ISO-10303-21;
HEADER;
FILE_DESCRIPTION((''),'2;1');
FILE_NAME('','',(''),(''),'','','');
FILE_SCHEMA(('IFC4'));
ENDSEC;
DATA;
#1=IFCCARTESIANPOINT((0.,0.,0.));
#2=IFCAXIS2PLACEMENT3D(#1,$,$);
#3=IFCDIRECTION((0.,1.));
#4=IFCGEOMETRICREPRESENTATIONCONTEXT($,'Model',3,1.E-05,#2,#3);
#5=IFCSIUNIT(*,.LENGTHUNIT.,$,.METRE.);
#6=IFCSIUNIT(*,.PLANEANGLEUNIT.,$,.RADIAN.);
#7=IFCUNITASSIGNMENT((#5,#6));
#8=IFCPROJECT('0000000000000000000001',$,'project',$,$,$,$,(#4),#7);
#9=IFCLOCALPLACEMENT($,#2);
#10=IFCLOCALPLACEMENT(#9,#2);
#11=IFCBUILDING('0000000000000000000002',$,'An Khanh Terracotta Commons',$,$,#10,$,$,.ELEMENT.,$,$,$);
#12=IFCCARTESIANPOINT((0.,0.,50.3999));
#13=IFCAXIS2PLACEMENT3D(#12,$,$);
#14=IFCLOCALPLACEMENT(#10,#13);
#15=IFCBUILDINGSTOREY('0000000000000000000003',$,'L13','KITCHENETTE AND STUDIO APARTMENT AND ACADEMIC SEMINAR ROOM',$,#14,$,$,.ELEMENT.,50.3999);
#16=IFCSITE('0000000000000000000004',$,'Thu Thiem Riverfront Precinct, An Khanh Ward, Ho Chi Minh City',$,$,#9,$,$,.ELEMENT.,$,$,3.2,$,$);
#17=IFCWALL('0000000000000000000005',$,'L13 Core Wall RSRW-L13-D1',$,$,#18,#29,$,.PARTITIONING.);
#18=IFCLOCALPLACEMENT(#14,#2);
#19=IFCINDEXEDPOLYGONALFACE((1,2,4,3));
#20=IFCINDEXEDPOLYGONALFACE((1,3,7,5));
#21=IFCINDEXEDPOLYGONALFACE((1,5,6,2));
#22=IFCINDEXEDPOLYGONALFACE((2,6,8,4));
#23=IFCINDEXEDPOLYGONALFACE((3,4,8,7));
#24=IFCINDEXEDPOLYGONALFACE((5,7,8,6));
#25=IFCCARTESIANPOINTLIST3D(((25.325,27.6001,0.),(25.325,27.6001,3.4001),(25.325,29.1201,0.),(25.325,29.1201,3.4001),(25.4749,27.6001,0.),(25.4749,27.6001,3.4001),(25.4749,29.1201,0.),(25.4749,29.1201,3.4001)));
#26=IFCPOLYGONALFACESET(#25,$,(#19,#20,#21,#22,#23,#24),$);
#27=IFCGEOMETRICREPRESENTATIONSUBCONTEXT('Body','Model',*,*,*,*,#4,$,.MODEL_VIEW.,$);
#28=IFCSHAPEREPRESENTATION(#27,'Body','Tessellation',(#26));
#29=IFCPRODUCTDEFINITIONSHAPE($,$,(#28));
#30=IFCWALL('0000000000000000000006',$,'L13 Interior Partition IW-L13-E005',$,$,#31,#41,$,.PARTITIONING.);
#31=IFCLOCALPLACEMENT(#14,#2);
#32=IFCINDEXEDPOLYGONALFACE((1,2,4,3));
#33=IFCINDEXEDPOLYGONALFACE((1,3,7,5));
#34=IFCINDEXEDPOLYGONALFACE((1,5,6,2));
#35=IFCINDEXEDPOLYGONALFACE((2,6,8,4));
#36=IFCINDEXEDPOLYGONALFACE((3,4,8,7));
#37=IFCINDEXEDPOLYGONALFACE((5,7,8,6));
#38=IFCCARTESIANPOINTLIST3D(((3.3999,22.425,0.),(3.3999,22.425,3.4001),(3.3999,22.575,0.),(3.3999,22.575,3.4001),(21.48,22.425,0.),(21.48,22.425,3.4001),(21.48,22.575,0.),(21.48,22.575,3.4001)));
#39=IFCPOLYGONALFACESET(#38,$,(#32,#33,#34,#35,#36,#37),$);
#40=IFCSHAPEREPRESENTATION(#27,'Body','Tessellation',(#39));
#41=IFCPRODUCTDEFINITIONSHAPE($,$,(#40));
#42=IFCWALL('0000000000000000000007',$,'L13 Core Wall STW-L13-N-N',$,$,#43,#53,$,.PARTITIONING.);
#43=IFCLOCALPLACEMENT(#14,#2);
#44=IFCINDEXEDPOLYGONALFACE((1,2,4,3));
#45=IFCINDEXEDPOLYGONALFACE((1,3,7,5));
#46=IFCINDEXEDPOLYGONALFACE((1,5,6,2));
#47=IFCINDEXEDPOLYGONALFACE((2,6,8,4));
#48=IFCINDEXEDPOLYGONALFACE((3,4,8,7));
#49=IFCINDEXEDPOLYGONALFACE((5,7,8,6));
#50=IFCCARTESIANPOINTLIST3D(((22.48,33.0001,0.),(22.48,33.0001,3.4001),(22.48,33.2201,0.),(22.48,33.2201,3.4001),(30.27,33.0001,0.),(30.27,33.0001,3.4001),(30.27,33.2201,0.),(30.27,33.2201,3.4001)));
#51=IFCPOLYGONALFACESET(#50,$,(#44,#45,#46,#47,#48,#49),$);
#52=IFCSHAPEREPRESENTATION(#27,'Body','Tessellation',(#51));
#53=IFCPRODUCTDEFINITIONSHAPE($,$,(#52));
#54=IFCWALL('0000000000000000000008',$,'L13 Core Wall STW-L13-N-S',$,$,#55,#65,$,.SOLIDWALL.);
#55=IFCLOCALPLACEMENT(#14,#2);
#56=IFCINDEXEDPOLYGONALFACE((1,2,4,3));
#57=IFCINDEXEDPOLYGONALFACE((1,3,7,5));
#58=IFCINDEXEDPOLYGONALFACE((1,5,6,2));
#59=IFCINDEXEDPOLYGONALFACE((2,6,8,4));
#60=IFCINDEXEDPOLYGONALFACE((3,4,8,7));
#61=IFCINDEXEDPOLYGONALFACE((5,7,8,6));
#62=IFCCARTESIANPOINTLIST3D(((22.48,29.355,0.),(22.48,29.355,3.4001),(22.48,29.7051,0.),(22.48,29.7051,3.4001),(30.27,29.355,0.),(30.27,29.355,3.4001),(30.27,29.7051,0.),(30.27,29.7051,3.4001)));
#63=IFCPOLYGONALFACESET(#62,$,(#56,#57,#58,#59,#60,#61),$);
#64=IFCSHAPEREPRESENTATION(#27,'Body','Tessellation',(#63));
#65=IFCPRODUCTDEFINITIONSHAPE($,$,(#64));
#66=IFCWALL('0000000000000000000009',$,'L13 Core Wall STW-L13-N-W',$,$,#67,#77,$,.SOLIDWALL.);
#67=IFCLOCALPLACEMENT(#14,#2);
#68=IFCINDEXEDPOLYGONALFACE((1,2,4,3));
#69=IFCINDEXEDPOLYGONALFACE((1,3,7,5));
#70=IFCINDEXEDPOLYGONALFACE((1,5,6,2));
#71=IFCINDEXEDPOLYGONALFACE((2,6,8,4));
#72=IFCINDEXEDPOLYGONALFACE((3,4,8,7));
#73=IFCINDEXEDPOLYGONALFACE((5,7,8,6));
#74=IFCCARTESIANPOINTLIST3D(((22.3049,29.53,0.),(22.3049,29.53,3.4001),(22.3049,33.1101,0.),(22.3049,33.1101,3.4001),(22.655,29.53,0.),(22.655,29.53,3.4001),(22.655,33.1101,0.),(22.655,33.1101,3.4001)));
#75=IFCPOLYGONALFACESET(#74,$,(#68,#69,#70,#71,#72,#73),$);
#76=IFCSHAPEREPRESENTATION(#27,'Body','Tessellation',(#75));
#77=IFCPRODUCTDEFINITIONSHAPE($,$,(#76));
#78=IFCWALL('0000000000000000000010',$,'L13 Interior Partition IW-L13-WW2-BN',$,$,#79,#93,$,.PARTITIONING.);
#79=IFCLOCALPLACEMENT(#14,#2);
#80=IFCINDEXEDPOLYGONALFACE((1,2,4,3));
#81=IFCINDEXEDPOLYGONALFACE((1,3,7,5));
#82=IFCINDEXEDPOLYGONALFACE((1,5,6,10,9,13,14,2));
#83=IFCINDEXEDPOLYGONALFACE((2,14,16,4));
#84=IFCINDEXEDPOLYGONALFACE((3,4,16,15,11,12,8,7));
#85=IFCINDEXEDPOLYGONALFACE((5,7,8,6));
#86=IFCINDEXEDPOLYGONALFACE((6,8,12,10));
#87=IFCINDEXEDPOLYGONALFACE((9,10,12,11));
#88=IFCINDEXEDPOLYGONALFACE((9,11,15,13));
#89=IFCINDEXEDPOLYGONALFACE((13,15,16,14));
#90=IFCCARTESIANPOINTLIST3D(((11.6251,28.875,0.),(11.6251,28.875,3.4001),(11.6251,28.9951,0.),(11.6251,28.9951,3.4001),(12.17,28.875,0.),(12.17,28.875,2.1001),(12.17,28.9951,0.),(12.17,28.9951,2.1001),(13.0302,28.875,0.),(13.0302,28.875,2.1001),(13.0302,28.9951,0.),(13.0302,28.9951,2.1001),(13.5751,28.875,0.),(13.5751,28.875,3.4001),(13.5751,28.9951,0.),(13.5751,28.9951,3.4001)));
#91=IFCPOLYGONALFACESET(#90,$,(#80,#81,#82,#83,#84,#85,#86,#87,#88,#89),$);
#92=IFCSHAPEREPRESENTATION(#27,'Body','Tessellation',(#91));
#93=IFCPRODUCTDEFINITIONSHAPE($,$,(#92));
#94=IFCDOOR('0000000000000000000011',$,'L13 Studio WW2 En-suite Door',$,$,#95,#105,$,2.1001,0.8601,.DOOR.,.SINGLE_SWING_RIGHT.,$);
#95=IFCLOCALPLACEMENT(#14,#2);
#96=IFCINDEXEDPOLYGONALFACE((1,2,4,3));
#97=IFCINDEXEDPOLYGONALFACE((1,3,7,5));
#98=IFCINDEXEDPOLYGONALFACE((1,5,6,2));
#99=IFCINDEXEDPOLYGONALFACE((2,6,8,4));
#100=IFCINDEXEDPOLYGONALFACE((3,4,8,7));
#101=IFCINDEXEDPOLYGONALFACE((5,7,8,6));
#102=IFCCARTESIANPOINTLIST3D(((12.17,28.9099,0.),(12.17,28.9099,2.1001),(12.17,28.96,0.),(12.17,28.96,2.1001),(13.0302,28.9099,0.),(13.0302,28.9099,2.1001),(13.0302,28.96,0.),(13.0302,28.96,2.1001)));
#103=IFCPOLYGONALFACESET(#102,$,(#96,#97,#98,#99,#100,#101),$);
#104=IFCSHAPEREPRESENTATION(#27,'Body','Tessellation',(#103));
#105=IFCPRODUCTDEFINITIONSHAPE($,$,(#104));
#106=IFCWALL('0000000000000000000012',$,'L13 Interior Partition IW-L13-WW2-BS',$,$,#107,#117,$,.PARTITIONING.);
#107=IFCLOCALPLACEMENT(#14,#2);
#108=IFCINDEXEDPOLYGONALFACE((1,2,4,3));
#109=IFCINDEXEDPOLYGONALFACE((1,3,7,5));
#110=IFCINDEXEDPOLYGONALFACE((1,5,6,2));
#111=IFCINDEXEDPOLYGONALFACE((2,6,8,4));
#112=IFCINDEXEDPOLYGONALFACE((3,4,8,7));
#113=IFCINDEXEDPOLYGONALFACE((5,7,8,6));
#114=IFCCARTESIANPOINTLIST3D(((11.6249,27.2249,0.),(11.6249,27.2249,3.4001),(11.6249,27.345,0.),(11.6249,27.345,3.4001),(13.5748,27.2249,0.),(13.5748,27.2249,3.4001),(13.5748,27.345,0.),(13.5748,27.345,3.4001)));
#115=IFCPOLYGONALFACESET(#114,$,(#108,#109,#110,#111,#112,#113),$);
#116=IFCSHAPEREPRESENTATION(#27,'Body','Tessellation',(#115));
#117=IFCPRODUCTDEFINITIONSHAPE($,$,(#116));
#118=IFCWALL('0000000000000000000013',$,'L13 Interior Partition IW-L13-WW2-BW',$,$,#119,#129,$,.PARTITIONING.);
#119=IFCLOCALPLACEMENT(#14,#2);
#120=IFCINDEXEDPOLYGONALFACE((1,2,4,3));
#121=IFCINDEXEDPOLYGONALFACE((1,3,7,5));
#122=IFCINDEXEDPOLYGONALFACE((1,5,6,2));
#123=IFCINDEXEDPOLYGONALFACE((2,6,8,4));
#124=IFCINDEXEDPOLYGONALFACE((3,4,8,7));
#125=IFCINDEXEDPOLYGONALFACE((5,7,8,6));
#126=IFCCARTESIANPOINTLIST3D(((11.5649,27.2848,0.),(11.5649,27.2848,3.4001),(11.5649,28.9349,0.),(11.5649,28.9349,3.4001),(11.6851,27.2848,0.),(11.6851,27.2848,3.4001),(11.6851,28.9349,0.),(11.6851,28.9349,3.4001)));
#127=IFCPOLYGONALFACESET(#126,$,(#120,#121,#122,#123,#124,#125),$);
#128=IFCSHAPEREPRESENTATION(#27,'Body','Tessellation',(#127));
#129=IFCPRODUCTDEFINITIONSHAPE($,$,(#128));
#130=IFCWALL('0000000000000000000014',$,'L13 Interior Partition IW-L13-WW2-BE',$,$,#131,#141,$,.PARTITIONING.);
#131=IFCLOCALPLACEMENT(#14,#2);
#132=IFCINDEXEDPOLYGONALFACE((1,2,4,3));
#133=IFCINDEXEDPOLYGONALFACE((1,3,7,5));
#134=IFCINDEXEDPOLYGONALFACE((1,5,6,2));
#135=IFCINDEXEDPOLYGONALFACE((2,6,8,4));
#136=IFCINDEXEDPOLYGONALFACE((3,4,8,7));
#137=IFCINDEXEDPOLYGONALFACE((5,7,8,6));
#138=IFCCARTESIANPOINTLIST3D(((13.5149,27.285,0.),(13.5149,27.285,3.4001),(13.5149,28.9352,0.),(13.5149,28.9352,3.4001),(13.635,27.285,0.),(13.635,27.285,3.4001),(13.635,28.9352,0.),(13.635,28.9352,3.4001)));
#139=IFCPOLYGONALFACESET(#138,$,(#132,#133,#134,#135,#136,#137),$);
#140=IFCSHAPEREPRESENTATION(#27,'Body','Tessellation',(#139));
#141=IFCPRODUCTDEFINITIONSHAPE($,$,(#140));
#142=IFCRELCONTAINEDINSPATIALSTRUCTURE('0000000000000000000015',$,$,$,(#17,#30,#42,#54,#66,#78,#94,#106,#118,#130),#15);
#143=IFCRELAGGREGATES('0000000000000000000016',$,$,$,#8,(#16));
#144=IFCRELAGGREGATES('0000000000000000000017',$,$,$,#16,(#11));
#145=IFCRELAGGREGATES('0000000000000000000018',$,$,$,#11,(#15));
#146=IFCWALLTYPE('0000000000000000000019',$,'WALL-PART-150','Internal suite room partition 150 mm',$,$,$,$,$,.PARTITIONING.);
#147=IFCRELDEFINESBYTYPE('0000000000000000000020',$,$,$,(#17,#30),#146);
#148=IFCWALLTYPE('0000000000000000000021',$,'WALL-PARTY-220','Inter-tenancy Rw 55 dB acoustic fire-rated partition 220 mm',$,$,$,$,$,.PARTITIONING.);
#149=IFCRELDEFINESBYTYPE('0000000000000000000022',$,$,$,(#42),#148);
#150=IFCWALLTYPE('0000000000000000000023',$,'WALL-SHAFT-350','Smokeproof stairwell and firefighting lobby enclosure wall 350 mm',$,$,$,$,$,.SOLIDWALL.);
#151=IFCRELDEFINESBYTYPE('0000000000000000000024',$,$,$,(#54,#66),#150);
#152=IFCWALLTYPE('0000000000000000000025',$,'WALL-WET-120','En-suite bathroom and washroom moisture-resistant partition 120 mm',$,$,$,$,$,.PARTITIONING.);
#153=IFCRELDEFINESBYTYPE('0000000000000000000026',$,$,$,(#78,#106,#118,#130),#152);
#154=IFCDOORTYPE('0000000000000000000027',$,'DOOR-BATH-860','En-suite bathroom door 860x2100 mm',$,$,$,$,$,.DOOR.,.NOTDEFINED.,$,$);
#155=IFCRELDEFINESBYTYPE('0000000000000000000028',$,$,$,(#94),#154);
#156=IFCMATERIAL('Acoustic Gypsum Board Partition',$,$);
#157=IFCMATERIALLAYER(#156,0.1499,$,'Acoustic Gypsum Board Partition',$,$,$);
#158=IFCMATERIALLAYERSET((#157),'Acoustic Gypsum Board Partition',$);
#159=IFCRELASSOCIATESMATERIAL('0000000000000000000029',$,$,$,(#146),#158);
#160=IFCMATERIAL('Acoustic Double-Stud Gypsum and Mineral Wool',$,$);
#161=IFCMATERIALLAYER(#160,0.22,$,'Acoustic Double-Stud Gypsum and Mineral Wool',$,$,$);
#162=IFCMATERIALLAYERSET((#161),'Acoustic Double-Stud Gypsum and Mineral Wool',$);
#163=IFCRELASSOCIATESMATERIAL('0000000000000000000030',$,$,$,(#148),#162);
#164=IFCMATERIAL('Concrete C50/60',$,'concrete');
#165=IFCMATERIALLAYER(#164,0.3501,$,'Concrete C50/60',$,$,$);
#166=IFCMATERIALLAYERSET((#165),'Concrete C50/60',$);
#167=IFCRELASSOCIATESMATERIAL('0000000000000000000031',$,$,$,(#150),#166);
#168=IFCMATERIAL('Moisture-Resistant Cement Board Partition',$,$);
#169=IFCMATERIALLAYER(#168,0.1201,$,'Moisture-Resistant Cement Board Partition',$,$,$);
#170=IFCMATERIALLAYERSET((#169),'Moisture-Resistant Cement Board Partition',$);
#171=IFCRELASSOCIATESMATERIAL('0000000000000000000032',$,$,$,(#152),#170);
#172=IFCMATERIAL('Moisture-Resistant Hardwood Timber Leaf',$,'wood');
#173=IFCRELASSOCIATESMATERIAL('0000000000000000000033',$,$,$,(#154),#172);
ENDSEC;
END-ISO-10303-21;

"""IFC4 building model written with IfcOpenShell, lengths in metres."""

from ifc_helpers import new_model, si_unit, direction, frame, frame_2d, origin, place, context, subcontext, project, spatial, rectangle, extrude, material, layer, layer_set, type_object, element, fill, save


model = new_model("IFC4")

# Units and contexts
model_context = context("Model", 3, precision=1e-05, world=origin(), true_north=direction((0.0, 1.0)))
body_context = subcontext(model_context, "Body", "Model", "MODEL_VIEW")
ifc_project = project(units=[si_unit("LENGTHUNIT", "METRE"), si_unit("PLANEANGLEUNIT", "RADIAN")], contexts=[model_context])

# Site, building, storey
site_placement = place(None, origin())
site = spatial("IfcSite", under=ifc_project, at=site_placement, Name="Thu Thiem Riverfront Precinct, An Khanh Ward, Ho Chi Minh City", CompositionType="ELEMENT", RefElevation=3.2)
building_placement = place(site_placement, origin())
building = spatial("IfcBuilding", under=site, at=building_placement, Name="An Khanh Terracotta Commons", CompositionType="ELEMENT")
storey_placement = place(building_placement, frame((0.0, 0.0, 50.3999)))
storey = spatial("IfcBuildingStorey", under=building, at=storey_placement, Name="L13", Description="KITCHENETTE AND STUDIO APARTMENT AND ACADEMIC SEMINAR ROOM", CompositionType="ELEMENT", Elevation=50.3999)

# Walls
ifc_material_1 = material(Name="Acoustic Gypsum Board Partition")
ifc_layer_1 = layer(ifc_material_1, 0.1499, Name="Acoustic Gypsum Board Partition")
ifc_layer_set_1 = layer_set([ifc_layer_1], Name="Acoustic Gypsum Board Partition")
wall_type_1 = type_object("IfcWallType", Name="WALL-PART-150", Description="Internal suite room partition 150 mm", PredefinedType="PARTITIONING", material=ifc_layer_set_1)
wall_1_placement = place(storey_placement, frame((25.3999, 27.6001, 0.0), z_axis=(0.0, 0.0, 1.0), x_axis=(0.0, 1.0, 0.0)))
element("IfcWall", 1, at=wall_1_placement, inside=storey, type_object=wall_type_1, Name="L13 Core Wall RSRW-L13-D1", PredefinedType="PARTITIONING", context=body_context, shape_type="SweptSolid", body=[
    extrude(rectangle(XDim=1.52, YDim=0.1499, at=frame_2d((0.76, 0.0))), origin(), (0.0, 0.0, 1.0), 3.4001),
])
wall_2_placement = place(storey_placement, frame((3.3999, 22.5, 0.0), z_axis=(0.0, 0.0, 1.0), x_axis=(1.0, 0.0, 0.0)))
element("IfcWall", 2, at=wall_2_placement, inside=storey, type_object=wall_type_1, Name="L13 Interior Partition IW-L13-E005", PredefinedType="PARTITIONING", context=body_context, shape_type="SweptSolid", body=[
    extrude(rectangle(XDim=18.0801, YDim=0.1499, at=frame_2d((9.04, 0.0))), origin(), (0.0, 0.0, 1.0), 3.4001),
])
ifc_material_2 = material(Name="Acoustic Double-Stud Gypsum and Mineral Wool")
ifc_layer_2 = layer(ifc_material_2, 0.22, Name="Acoustic Double-Stud Gypsum and Mineral Wool")
ifc_layer_set_2 = layer_set([ifc_layer_2], Name="Acoustic Double-Stud Gypsum and Mineral Wool")
wall_type_2 = type_object("IfcWallType", Name="WALL-PARTY-220", Description="Inter-tenancy Rw 55 dB acoustic fire-rated partition 220 mm", PredefinedType="PARTITIONING", material=ifc_layer_set_2)
wall_3_placement = place(storey_placement, frame((22.48, 33.1101, 0.0), z_axis=(0.0, 0.0, 1.0), x_axis=(1.0, 0.0, 0.0)))
element("IfcWall", 3, at=wall_3_placement, inside=storey, type_object=wall_type_2, Name="L13 Core Wall STW-L13-N-N", PredefinedType="PARTITIONING", context=body_context, shape_type="SweptSolid", body=[
    extrude(rectangle(XDim=7.79, YDim=0.22, at=frame_2d((3.895, 0.0))), origin(), (0.0, 0.0, 1.0), 3.4001),
])
ifc_material_3 = material(Name="Concrete C50/60", Category="concrete")
ifc_layer_3 = layer(ifc_material_3, 0.3501, Name="Concrete C50/60")
ifc_layer_set_3 = layer_set([ifc_layer_3], Name="Concrete C50/60")
wall_type_3 = type_object("IfcWallType", Name="WALL-SHAFT-350", Description="Smokeproof stairwell and firefighting lobby enclosure wall 350 mm", PredefinedType="SOLIDWALL", material=ifc_layer_set_3)
wall_4_placement = place(storey_placement, frame((22.48, 29.53, 0.0), z_axis=(0.0, 0.0, 1.0), x_axis=(1.0, 0.0, 0.0)))
element("IfcWall", 4, at=wall_4_placement, inside=storey, type_object=wall_type_3, Name="L13 Core Wall STW-L13-N-S", PredefinedType="SOLIDWALL", context=body_context, shape_type="SweptSolid", body=[
    extrude(rectangle(XDim=7.79, YDim=0.3501, at=frame_2d((3.895, 0.0))), origin(), (0.0, 0.0, 1.0), 3.4001),
])
wall_5_placement = place(storey_placement, frame((22.48, 29.53, 0.0), z_axis=(0.0, 0.0, 1.0), x_axis=(0.0, 1.0, 0.0)))
element("IfcWall", 5, at=wall_5_placement, inside=storey, type_object=wall_type_3, Name="L13 Core Wall STW-L13-N-W", PredefinedType="SOLIDWALL", context=body_context, shape_type="SweptSolid", body=[
    extrude(rectangle(XDim=3.5801, YDim=0.3501, at=frame_2d((1.79, 0.0))), origin(), (0.0, 0.0, 1.0), 3.4001),
])

# Wall, opening, door
ifc_material_4 = material(Name="Moisture-Resistant Cement Board Partition")
ifc_layer_4 = layer(ifc_material_4, 0.1201, Name="Moisture-Resistant Cement Board Partition")
ifc_layer_set_4 = layer_set([ifc_layer_4], Name="Moisture-Resistant Cement Board Partition")
wall_type_4 = type_object("IfcWallType", Name="WALL-WET-120", Description="En-suite bathroom and washroom moisture-resistant partition 120 mm", PredefinedType="PARTITIONING", material=ifc_layer_set_4)
wall_6_placement = place(storey_placement, frame((11.625, 28.9351, 0.0), z_axis=(0.0, 0.0, 1.0), x_axis=(1.0, 0.0, 0.0)))
wall_6 = element("IfcWall", 6, at=wall_6_placement, inside=storey, type_object=wall_type_4, Name="L13 Interior Partition IW-L13-WW2-BN", PredefinedType="PARTITIONING", context=body_context, shape_type="SweptSolid", body=[
    extrude(rectangle(XDim=1.95, YDim=0.1201, at=frame_2d((0.9751, 0.0))), origin(), (0.0, 0.0, 1.0), 3.4001),
])
opening_1_placement = place(wall_6_placement, frame((0.5449, 0.0, 0.0)))
opening_1 = element("IfcOpeningElement", 7, at=opening_1_placement, cuts=wall_6, PredefinedType="OPENING", context=body_context, shape_type="SweptSolid", body=[
    extrude(rectangle(XDim=0.8601, YDim=2.1001, at=frame_2d((0.4302, 1.05))), frame((0.0, 0.0701, 0.0), z_axis=(0.0, -1.0, 0.0), x_axis=(1.0, 0.0, 0.0)), (0.0, 0.0, 1.0), 0.1401),
])
ifc_material_5 = material(Name="Moisture-Resistant Hardwood Timber Leaf", Category="wood")
door_type_1 = type_object("IfcDoorType", Name="DOOR-BATH-860", Description="En-suite bathroom door 860x2100 mm", OperationType="NOTDEFINED", PredefinedType="DOOR", material=ifc_material_5)
door_1_placement = place(opening_1_placement, origin())
door_1 = element("IfcDoor", 8, at=door_1_placement, inside=storey, type_object=door_type_1, Name="L13 Studio WW2 En-suite Door", OperationType="SINGLE_SWING_RIGHT", OverallHeight=2.1001, OverallWidth=0.8601, PredefinedType="DOOR", context=body_context, shape_type="SweptSolid", body=[
    extrude(rectangle(XDim=0.8601, YDim=2.1001, at=frame_2d((0.4302, 1.05))), frame((0.0, 0.0249, 0.0), z_axis=(0.0, -1.0, 0.0), x_axis=(1.0, 0.0, 0.0)), (0.0, 0.0, 1.0), 0.05),
])
fill(opening_1, door_1)

# Walls
wall_7_placement = place(storey_placement, frame((13.575, 27.2849, 0.0), z_axis=(0.0, 0.0, 1.0), x_axis=(-1.0, 0.0, 0.0)))
element("IfcWall", 9, at=wall_7_placement, inside=storey, type_object=wall_type_4, Name="L13 Interior Partition IW-L13-WW2-BS", PredefinedType="PARTITIONING", context=body_context, shape_type="SweptSolid", body=[
    extrude(rectangle(XDim=1.95, YDim=0.1201, at=frame_2d((0.9751, 0.0))), origin(), (0.0, 0.0, 1.0), 3.4001),
])
for number, where, z_axis, x_axis, name in (
    (10, (11.625, 28.9351, 0.0), (0.0, 0.0, 1.0), (0.0, -1.0, 0.0), "L13 Interior Partition IW-L13-WW2-BW"),
    (11, (13.575, 27.2849, 0.0), (0.0, 0.0, 1.0), (0.0, 1.0, 0.0), "L13 Interior Partition IW-L13-WW2-BE"),
):
    element("IfcWall", number, at=place(storey_placement, frame(where, z_axis=z_axis, x_axis=x_axis)), inside=storey, type_object=wall_type_4, Name=name, PredefinedType="PARTITIONING", context=body_context, shape_type="SweptSolid", body=[
        extrude(rectangle(XDim=1.6501, YDim=0.1201, at=frame_2d((0.8252, 0.0))), origin(), (0.0, 0.0, 1.0), 3.4001),
    ])

save(model, "model.ifc")
